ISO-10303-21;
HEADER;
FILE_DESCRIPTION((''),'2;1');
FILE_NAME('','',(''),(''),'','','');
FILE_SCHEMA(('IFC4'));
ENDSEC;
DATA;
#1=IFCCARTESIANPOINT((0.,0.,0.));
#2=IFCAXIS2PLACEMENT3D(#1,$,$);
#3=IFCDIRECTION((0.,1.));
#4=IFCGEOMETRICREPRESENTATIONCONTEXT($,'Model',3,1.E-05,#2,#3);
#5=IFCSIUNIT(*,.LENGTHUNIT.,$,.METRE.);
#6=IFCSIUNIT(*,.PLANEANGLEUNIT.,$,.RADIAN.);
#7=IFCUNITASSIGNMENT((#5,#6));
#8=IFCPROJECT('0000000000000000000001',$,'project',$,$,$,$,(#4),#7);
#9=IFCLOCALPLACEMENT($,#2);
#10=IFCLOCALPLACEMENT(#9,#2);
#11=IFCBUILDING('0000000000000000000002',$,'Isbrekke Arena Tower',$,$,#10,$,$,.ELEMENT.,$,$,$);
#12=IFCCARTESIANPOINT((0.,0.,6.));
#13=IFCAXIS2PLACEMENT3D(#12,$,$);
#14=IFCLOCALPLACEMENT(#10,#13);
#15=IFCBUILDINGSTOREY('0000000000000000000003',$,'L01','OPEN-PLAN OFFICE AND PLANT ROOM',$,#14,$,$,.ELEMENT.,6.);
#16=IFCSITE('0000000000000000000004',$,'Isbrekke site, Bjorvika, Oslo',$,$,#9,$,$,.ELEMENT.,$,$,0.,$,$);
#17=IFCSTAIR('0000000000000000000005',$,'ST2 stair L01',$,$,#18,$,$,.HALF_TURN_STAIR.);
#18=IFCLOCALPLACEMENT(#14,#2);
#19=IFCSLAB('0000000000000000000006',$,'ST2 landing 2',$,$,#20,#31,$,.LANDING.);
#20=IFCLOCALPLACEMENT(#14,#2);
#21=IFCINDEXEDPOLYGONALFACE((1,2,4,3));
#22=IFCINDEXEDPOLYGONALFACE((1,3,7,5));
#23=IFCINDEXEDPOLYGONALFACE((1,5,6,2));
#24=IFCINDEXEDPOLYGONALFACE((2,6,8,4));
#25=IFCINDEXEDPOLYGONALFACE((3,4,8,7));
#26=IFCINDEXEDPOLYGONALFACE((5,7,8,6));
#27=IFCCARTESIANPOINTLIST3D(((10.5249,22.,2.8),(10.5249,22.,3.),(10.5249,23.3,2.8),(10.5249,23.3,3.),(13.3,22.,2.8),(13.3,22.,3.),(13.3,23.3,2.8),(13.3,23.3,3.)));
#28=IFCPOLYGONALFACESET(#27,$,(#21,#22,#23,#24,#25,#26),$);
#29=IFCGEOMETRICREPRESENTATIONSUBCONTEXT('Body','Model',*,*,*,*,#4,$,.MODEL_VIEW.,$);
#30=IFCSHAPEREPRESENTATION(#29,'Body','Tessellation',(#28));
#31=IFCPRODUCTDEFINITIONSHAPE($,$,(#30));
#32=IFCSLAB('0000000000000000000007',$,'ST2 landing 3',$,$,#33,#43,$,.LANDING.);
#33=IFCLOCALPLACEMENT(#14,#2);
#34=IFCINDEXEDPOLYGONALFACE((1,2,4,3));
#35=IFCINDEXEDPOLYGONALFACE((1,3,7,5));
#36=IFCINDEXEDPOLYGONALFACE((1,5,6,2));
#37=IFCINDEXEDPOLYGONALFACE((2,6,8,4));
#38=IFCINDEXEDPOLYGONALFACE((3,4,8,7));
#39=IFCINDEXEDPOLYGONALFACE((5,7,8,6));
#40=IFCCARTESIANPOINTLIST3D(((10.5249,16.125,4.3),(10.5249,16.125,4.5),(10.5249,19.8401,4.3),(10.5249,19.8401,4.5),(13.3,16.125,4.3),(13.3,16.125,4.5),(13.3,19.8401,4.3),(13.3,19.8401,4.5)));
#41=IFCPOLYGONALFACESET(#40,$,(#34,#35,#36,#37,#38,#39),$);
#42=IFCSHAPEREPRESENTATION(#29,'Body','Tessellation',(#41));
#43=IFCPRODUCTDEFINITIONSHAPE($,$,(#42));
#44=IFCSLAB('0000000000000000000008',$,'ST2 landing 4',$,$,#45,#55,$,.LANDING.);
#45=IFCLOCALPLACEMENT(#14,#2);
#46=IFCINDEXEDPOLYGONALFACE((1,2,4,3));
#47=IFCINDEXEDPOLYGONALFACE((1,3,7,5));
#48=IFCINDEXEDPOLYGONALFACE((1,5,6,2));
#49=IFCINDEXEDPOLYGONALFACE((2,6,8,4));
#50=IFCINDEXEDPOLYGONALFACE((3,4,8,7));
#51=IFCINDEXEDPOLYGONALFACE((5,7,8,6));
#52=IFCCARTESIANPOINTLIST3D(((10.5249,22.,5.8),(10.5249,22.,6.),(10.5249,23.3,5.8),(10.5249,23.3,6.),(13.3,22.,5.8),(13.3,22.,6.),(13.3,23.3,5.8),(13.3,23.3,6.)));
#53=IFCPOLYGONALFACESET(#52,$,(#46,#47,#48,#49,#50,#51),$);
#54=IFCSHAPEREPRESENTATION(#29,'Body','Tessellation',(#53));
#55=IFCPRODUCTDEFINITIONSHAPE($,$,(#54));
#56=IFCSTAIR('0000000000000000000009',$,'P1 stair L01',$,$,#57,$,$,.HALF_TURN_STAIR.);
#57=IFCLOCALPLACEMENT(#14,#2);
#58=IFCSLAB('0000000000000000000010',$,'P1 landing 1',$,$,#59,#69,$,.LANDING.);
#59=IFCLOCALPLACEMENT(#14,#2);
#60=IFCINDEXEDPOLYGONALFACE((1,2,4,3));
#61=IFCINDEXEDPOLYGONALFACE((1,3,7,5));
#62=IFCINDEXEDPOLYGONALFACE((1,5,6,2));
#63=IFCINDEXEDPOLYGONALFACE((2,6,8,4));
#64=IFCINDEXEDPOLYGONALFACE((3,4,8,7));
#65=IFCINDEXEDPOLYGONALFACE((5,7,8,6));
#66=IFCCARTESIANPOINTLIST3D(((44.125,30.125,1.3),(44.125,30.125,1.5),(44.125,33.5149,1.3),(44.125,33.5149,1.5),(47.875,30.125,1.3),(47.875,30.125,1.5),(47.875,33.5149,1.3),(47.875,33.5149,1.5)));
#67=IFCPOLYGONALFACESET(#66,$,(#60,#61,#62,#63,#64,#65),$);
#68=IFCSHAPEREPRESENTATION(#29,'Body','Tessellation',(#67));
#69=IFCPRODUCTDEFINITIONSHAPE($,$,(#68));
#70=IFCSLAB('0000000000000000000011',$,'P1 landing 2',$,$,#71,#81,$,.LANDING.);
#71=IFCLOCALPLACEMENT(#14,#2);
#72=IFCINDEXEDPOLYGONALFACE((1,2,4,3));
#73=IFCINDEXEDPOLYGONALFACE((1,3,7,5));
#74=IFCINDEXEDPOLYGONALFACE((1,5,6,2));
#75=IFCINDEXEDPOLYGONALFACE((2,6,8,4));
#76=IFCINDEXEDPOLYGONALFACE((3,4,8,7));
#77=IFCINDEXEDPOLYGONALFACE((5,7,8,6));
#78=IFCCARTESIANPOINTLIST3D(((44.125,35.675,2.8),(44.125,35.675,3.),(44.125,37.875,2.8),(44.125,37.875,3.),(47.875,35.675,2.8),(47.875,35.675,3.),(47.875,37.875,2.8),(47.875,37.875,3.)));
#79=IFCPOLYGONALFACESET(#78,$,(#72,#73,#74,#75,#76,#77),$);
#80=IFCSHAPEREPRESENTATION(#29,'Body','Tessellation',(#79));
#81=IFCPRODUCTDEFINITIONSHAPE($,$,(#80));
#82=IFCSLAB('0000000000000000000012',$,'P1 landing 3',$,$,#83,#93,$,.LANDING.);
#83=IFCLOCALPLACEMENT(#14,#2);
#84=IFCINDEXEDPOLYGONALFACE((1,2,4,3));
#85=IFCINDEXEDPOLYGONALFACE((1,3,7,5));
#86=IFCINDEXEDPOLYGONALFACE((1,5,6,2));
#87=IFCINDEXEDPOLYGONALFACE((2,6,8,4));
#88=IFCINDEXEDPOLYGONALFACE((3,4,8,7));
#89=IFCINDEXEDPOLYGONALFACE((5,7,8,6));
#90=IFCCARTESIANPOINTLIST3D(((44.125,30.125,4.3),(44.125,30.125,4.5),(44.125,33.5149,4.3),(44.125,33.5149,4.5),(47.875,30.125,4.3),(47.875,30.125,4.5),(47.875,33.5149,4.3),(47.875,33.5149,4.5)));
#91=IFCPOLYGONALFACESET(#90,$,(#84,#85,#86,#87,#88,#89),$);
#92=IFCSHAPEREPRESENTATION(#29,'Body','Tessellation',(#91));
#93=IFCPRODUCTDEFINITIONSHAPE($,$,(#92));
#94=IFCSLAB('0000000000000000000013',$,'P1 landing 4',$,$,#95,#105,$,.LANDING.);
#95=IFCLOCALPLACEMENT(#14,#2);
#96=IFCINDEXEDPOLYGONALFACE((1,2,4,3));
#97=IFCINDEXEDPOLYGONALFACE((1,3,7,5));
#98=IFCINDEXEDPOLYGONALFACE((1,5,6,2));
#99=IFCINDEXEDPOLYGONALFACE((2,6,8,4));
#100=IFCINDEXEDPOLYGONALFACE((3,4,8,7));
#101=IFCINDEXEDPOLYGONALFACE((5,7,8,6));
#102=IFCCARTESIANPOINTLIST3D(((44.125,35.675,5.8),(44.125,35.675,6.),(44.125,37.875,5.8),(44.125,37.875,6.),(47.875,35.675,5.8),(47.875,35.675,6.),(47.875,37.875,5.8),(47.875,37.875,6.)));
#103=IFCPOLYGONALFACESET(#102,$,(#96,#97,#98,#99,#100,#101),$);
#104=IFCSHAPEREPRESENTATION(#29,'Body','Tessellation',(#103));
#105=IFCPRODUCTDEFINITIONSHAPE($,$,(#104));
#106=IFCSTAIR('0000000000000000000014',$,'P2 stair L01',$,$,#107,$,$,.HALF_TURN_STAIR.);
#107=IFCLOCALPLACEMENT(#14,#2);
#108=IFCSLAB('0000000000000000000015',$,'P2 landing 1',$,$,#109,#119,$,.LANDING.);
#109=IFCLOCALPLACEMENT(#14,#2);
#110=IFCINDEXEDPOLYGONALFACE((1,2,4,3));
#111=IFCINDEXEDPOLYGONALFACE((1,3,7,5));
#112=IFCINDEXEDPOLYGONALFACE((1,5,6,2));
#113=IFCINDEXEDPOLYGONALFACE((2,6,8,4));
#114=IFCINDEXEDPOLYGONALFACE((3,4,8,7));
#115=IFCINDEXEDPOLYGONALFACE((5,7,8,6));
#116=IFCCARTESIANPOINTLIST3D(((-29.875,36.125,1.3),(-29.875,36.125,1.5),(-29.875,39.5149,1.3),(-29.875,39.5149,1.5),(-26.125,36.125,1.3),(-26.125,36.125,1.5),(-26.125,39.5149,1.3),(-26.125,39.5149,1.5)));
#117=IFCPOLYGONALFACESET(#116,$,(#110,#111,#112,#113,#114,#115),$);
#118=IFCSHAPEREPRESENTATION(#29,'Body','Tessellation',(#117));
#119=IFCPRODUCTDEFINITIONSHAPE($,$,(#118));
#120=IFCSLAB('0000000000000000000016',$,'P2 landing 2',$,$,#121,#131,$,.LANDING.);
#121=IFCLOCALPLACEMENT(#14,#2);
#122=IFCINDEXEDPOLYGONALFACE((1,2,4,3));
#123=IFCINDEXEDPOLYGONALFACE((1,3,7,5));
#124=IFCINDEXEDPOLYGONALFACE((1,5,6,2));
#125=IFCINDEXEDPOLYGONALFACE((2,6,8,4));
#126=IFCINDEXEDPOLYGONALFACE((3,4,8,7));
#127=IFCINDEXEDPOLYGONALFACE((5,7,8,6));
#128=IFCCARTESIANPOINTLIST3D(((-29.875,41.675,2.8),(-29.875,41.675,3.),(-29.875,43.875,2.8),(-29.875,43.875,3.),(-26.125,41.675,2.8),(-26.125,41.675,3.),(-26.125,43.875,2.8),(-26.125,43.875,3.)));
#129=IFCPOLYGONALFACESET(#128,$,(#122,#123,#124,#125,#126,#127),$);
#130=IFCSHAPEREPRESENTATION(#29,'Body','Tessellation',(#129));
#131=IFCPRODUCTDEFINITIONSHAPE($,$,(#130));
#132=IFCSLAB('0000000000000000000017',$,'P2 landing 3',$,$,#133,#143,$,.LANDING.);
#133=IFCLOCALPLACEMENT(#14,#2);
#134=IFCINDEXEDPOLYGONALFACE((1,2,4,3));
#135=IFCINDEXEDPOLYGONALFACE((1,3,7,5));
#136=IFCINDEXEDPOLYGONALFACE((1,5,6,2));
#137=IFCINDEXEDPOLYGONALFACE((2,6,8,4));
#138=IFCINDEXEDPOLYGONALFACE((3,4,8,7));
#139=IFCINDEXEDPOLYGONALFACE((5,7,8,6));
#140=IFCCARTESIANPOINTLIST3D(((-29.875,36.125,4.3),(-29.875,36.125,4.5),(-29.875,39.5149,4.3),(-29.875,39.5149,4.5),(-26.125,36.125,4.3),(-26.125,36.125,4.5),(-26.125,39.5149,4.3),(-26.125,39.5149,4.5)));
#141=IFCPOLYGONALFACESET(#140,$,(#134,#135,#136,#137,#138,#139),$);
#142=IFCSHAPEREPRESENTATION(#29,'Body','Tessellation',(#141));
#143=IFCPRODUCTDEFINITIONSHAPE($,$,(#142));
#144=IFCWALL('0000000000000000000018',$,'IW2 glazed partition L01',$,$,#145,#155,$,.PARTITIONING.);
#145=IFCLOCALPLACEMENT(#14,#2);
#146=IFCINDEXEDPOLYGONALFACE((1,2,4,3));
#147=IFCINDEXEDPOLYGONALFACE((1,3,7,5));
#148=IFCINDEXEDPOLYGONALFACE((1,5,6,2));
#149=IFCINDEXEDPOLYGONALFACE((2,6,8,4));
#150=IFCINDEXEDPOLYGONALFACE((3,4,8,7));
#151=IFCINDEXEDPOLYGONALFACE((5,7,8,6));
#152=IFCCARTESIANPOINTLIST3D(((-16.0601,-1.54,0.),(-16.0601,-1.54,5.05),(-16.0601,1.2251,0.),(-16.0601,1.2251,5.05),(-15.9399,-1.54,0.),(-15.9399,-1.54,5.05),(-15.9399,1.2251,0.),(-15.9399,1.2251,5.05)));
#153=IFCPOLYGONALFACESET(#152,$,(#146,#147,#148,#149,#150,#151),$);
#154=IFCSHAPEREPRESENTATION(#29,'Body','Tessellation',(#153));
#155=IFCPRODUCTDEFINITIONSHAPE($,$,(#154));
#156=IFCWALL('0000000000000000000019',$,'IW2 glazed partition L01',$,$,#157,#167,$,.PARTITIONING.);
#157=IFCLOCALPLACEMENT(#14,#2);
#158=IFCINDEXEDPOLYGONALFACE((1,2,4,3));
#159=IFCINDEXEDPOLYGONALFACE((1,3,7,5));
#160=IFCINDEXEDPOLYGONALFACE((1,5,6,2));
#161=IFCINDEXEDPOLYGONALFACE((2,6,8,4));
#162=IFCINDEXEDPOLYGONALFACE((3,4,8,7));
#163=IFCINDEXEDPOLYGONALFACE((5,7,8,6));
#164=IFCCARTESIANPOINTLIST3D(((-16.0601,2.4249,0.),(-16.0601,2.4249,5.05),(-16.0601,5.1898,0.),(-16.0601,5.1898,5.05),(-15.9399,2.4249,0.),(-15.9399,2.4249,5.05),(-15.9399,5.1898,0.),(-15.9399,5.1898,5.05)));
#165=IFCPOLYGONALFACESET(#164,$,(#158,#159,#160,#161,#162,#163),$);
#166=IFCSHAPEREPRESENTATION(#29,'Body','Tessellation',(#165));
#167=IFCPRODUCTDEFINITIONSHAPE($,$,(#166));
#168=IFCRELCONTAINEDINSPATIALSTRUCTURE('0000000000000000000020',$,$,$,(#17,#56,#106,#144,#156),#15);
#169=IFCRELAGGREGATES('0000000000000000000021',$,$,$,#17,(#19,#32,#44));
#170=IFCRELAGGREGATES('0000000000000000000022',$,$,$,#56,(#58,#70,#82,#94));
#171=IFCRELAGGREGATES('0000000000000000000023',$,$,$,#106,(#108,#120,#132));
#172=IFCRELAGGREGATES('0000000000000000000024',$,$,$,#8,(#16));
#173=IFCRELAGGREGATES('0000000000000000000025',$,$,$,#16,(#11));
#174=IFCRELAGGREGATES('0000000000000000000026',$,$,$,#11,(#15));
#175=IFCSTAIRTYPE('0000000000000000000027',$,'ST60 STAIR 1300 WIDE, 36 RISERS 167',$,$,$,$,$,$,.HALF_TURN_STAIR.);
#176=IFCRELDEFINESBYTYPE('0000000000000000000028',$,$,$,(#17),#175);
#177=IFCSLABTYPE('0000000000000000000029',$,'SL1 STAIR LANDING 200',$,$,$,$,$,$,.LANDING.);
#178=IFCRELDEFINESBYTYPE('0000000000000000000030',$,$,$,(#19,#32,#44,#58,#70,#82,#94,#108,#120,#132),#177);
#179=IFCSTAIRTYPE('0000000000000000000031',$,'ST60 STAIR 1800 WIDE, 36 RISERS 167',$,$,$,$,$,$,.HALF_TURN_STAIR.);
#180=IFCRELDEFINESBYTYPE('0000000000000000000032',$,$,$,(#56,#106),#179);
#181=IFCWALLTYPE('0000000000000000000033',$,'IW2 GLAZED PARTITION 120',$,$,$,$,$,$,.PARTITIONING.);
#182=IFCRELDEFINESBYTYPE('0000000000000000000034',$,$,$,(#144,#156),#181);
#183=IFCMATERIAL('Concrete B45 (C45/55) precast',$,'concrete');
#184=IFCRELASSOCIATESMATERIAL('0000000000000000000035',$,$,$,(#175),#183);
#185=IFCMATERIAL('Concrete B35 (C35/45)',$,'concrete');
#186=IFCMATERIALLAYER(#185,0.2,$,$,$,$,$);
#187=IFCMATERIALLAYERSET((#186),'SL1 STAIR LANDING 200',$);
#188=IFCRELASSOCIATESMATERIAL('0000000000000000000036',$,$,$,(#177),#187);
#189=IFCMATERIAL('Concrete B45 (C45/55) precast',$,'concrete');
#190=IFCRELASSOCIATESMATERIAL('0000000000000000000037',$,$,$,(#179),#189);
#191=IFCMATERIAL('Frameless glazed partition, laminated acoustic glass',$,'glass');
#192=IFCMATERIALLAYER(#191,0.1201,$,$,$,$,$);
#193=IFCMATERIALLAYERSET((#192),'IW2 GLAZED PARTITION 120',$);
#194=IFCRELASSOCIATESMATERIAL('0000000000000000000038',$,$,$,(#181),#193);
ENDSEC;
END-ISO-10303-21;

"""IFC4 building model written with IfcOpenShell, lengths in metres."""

from ifc_helpers import new_model, si_unit, direction, frame, frame_2d, origin, place, context, subcontext, project, spatial, polyline, rectangle, outline, extrude, material, layer, layer_set, type_object, element, aggregate, save


model = new_model("IFC4")

# Units and contexts
model_context = context("Model", 3, precision=1e-05, world=origin(), true_north=direction((0.0, 1.0)))
body_context = subcontext(model_context, "Body", "Model", "MODEL_VIEW")
ifc_project = project(units=[si_unit("LENGTHUNIT", "METRE"), si_unit("PLANEANGLEUNIT", "RADIAN")], contexts=[model_context])

# Site, building, storey
site_placement = place(None, origin())
site = spatial("IfcSite", under=ifc_project, at=site_placement, Name="Isbrekke site, Bjorvika, Oslo", CompositionType="ELEMENT", RefElevation=0.0)
building_placement = place(site_placement, origin())
building = spatial("IfcBuilding", under=site, at=building_placement, Name="Isbrekke Arena Tower", CompositionType="ELEMENT")
storey_placement = place(building_placement, frame((0.0, 0.0, 6.0)))
storey = spatial("IfcBuildingStorey", under=building, at=storey_placement, Name="L01", Description="OPEN-PLAN OFFICE AND PLANT ROOM", CompositionType="ELEMENT", Elevation=6.0)

# Stairs, slabs
ifc_material_1 = material(Name="Concrete B45 (C45/55) precast", Category="concrete")
stair_type_1 = type_object("IfcStairType", Name="ST60 STAIR 1300 WIDE, 36 RISERS 167", PredefinedType="HALF_TURN_STAIR", material=ifc_material_1)
ifc_material_2 = material(Name="Concrete B35 (C35/45)", Category="concrete")
ifc_layer_1 = layer(ifc_material_2, 0.2)
ifc_layer_set_1 = layer_set([ifc_layer_1], Name="SL1 STAIR LANDING 200")
slab_type_1 = type_object("IfcSlabType", Name="SL1 STAIR LANDING 200", PredefinedType="LANDING", material=ifc_layer_set_1)
stair_1_placement = place(storey_placement, origin())
stair_1 = element("IfcStair", 1, at=stair_1_placement, inside=storey, type_object=stair_type_1, Name="ST2 stair L01", PredefinedType="HALF_TURN_STAIR")
slab_1_placement = place(storey_placement, frame((0.0, 0.0, 2.8)))
slab_1 = element("IfcSlab", 2, at=slab_1_placement, type_object=slab_type_1, Name="ST2 landing 2", PredefinedType="LANDING", context=body_context, shape_type="SweptSolid", body=[
    extrude(outline(polyline([(10.5249, 22.0), (13.3, 22.0), (13.3, 23.3), (10.5249, 23.3), (10.5249, 22.0)])), origin(), (0.0, 0.0, 1.0), 0.2),
])
slab_2_placement = place(storey_placement, frame((0.0, 0.0, 4.3)))
slab_2 = element("IfcSlab", 3, at=slab_2_placement, type_object=slab_type_1, Name="ST2 landing 3", PredefinedType="LANDING", context=body_context, shape_type="SweptSolid", body=[
    extrude(outline(polyline([(10.5249, 16.125), (13.3, 16.125), (13.3, 19.8401), (10.5249, 19.8401), (10.5249, 16.125)])), origin(), (0.0, 0.0, 1.0), 0.2),
])
slab_3_placement = place(storey_placement, frame((0.0, 0.0, 5.8)))
slab_3 = element("IfcSlab", 4, at=slab_3_placement, type_object=slab_type_1, Name="ST2 landing 4", PredefinedType="LANDING", context=body_context, shape_type="SweptSolid", body=[
    extrude(outline(polyline([(10.5249, 22.0), (13.3, 22.0), (13.3, 23.3), (10.5249, 23.3), (10.5249, 22.0)])), origin(), (0.0, 0.0, 1.0), 0.2),
])
aggregate(stair_1, [slab_1, slab_2, slab_3])
ifc_material_3 = material(Name="Concrete B45 (C45/55) precast", Category="concrete")
stair_type_2 = type_object("IfcStairType", Name="ST60 STAIR 1800 WIDE, 36 RISERS 167", PredefinedType="HALF_TURN_STAIR", material=ifc_material_3)
stair_2_placement = place(storey_placement, origin())
stair_2 = element("IfcStair", 5, at=stair_2_placement, inside=storey, type_object=stair_type_2, Name="P1 stair L01", PredefinedType="HALF_TURN_STAIR")
slab_4_placement = place(storey_placement, frame((0.0, 0.0, 1.3)))
slab_4 = element("IfcSlab", 6, at=slab_4_placement, type_object=slab_type_1, Name="P1 landing 1", PredefinedType="LANDING", context=body_context, shape_type="SweptSolid", body=[
    extrude(outline(polyline([(44.125, 30.125), (47.875, 30.125), (47.875, 33.5149), (44.125, 33.5149), (44.125, 30.125)])), origin(), (0.0, 0.0, 1.0), 0.2),
])
slab_5_placement = place(storey_placement, frame((0.0, 0.0, 2.8)))
slab_5 = element("IfcSlab", 7, at=slab_5_placement, type_object=slab_type_1, Name="P1 landing 2", PredefinedType="LANDING", context=body_context, shape_type="SweptSolid", body=[
    extrude(outline(polyline([(44.125, 35.675), (47.875, 35.675), (47.875, 37.875), (44.125, 37.875), (44.125, 35.675)])), origin(), (0.0, 0.0, 1.0), 0.2),
])
slab_6_placement = place(storey_placement, frame((0.0, 0.0, 4.3)))
slab_6 = element("IfcSlab", 8, at=slab_6_placement, type_object=slab_type_1, Name="P1 landing 3", PredefinedType="LANDING", context=body_context, shape_type="SweptSolid", body=[
    extrude(outline(polyline([(44.125, 30.125), (47.875, 30.125), (47.875, 33.5149), (44.125, 33.5149), (44.125, 30.125)])), origin(), (0.0, 0.0, 1.0), 0.2),
])
slab_7_placement = place(storey_placement, frame((0.0, 0.0, 5.8)))
slab_7 = element("IfcSlab", 9, at=slab_7_placement, type_object=slab_type_1, Name="P1 landing 4", PredefinedType="LANDING", context=body_context, shape_type="SweptSolid", body=[
    extrude(outline(polyline([(44.125, 35.675), (47.875, 35.675), (47.875, 37.875), (44.125, 37.875), (44.125, 35.675)])), origin(), (0.0, 0.0, 1.0), 0.2),
])
aggregate(stair_2, [slab_4, slab_5, slab_6, slab_7])
stair_3_placement = place(storey_placement, origin())
stair_3 = element("IfcStair", 10, at=stair_3_placement, inside=storey, type_object=stair_type_2, Name="P2 stair L01", PredefinedType="HALF_TURN_STAIR")
slab_8_placement = place(storey_placement, frame((0.0, 0.0, 1.3)))
slab_8 = element("IfcSlab", 11, at=slab_8_placement, type_object=slab_type_1, Name="P2 landing 1", PredefinedType="LANDING", context=body_context, shape_type="SweptSolid", body=[
    extrude(outline(polyline([(-29.875, 36.125), (-26.125, 36.125), (-26.125, 39.5149), (-29.875, 39.5149), (-29.875, 36.125)])), origin(), (0.0, 0.0, 1.0), 0.2),
])
slab_9_placement = place(storey_placement, frame((0.0, 0.0, 2.8)))
slab_9 = element("IfcSlab", 12, at=slab_9_placement, type_object=slab_type_1, Name="P2 landing 2", PredefinedType="LANDING", context=body_context, shape_type="SweptSolid", body=[
    extrude(outline(polyline([(-29.875, 41.675), (-26.125, 41.675), (-26.125, 43.875), (-29.875, 43.875), (-29.875, 41.675)])), origin(), (0.0, 0.0, 1.0), 0.2),
])
slab_10_placement = place(storey_placement, frame((0.0, 0.0, 4.3)))
slab_10 = element("IfcSlab", 13, at=slab_10_placement, type_object=slab_type_1, Name="P2 landing 3", PredefinedType="LANDING", context=body_context, shape_type="SweptSolid", body=[
    extrude(outline(polyline([(-29.875, 36.125), (-26.125, 36.125), (-26.125, 39.5149), (-29.875, 39.5149), (-29.875, 36.125)])), origin(), (0.0, 0.0, 1.0), 0.2),
])
aggregate(stair_3, [slab_8, slab_9, slab_10])

# Walls
ifc_material_4 = material(Name="Frameless glazed partition, laminated acoustic glass", Category="glass")
ifc_layer_2 = layer(ifc_material_4, 0.1201)
ifc_layer_set_2 = layer_set([ifc_layer_2], Name="IW2 GLAZED PARTITION 120")
wall_type = type_object("IfcWallType", Name="IW2 GLAZED PARTITION 120", PredefinedType="PARTITIONING", material=ifc_layer_set_2)
wall_1_placement = place(storey_placement, frame((-16.0, -1.54, 0.0), z_axis=(0.0, 0.0, 1.0), x_axis=(0.0, 1.0, 0.0)))
element("IfcWall", 14, at=wall_1_placement, inside=storey, type_object=wall_type, Name="IW2 glazed partition L01", PredefinedType="PARTITIONING", context=body_context, shape_type="SweptSolid", body=[
    extrude(rectangle(XDim=2.7651, YDim=0.1201, at=frame_2d((1.3826, 0.0))), origin(), (0.0, 0.0, 1.0), 5.05),
])
wall_2_placement = place(storey_placement, frame((-16.0, 2.425, 0.0), z_axis=(0.0, 0.0, 1.0), x_axis=(0.0, 1.0, 0.0)))
element("IfcWall", 15, at=wall_2_placement, inside=storey, type_object=wall_type, Name="IW2 glazed partition L01", PredefinedType="PARTITIONING", context=body_context, shape_type="SweptSolid", body=[
    extrude(rectangle(XDim=2.7649, YDim=0.1201, at=frame_2d((1.3823, 0.0))), origin(), (0.0, 0.0, 1.0), 5.05),
])

save(model, "model.ifc")
